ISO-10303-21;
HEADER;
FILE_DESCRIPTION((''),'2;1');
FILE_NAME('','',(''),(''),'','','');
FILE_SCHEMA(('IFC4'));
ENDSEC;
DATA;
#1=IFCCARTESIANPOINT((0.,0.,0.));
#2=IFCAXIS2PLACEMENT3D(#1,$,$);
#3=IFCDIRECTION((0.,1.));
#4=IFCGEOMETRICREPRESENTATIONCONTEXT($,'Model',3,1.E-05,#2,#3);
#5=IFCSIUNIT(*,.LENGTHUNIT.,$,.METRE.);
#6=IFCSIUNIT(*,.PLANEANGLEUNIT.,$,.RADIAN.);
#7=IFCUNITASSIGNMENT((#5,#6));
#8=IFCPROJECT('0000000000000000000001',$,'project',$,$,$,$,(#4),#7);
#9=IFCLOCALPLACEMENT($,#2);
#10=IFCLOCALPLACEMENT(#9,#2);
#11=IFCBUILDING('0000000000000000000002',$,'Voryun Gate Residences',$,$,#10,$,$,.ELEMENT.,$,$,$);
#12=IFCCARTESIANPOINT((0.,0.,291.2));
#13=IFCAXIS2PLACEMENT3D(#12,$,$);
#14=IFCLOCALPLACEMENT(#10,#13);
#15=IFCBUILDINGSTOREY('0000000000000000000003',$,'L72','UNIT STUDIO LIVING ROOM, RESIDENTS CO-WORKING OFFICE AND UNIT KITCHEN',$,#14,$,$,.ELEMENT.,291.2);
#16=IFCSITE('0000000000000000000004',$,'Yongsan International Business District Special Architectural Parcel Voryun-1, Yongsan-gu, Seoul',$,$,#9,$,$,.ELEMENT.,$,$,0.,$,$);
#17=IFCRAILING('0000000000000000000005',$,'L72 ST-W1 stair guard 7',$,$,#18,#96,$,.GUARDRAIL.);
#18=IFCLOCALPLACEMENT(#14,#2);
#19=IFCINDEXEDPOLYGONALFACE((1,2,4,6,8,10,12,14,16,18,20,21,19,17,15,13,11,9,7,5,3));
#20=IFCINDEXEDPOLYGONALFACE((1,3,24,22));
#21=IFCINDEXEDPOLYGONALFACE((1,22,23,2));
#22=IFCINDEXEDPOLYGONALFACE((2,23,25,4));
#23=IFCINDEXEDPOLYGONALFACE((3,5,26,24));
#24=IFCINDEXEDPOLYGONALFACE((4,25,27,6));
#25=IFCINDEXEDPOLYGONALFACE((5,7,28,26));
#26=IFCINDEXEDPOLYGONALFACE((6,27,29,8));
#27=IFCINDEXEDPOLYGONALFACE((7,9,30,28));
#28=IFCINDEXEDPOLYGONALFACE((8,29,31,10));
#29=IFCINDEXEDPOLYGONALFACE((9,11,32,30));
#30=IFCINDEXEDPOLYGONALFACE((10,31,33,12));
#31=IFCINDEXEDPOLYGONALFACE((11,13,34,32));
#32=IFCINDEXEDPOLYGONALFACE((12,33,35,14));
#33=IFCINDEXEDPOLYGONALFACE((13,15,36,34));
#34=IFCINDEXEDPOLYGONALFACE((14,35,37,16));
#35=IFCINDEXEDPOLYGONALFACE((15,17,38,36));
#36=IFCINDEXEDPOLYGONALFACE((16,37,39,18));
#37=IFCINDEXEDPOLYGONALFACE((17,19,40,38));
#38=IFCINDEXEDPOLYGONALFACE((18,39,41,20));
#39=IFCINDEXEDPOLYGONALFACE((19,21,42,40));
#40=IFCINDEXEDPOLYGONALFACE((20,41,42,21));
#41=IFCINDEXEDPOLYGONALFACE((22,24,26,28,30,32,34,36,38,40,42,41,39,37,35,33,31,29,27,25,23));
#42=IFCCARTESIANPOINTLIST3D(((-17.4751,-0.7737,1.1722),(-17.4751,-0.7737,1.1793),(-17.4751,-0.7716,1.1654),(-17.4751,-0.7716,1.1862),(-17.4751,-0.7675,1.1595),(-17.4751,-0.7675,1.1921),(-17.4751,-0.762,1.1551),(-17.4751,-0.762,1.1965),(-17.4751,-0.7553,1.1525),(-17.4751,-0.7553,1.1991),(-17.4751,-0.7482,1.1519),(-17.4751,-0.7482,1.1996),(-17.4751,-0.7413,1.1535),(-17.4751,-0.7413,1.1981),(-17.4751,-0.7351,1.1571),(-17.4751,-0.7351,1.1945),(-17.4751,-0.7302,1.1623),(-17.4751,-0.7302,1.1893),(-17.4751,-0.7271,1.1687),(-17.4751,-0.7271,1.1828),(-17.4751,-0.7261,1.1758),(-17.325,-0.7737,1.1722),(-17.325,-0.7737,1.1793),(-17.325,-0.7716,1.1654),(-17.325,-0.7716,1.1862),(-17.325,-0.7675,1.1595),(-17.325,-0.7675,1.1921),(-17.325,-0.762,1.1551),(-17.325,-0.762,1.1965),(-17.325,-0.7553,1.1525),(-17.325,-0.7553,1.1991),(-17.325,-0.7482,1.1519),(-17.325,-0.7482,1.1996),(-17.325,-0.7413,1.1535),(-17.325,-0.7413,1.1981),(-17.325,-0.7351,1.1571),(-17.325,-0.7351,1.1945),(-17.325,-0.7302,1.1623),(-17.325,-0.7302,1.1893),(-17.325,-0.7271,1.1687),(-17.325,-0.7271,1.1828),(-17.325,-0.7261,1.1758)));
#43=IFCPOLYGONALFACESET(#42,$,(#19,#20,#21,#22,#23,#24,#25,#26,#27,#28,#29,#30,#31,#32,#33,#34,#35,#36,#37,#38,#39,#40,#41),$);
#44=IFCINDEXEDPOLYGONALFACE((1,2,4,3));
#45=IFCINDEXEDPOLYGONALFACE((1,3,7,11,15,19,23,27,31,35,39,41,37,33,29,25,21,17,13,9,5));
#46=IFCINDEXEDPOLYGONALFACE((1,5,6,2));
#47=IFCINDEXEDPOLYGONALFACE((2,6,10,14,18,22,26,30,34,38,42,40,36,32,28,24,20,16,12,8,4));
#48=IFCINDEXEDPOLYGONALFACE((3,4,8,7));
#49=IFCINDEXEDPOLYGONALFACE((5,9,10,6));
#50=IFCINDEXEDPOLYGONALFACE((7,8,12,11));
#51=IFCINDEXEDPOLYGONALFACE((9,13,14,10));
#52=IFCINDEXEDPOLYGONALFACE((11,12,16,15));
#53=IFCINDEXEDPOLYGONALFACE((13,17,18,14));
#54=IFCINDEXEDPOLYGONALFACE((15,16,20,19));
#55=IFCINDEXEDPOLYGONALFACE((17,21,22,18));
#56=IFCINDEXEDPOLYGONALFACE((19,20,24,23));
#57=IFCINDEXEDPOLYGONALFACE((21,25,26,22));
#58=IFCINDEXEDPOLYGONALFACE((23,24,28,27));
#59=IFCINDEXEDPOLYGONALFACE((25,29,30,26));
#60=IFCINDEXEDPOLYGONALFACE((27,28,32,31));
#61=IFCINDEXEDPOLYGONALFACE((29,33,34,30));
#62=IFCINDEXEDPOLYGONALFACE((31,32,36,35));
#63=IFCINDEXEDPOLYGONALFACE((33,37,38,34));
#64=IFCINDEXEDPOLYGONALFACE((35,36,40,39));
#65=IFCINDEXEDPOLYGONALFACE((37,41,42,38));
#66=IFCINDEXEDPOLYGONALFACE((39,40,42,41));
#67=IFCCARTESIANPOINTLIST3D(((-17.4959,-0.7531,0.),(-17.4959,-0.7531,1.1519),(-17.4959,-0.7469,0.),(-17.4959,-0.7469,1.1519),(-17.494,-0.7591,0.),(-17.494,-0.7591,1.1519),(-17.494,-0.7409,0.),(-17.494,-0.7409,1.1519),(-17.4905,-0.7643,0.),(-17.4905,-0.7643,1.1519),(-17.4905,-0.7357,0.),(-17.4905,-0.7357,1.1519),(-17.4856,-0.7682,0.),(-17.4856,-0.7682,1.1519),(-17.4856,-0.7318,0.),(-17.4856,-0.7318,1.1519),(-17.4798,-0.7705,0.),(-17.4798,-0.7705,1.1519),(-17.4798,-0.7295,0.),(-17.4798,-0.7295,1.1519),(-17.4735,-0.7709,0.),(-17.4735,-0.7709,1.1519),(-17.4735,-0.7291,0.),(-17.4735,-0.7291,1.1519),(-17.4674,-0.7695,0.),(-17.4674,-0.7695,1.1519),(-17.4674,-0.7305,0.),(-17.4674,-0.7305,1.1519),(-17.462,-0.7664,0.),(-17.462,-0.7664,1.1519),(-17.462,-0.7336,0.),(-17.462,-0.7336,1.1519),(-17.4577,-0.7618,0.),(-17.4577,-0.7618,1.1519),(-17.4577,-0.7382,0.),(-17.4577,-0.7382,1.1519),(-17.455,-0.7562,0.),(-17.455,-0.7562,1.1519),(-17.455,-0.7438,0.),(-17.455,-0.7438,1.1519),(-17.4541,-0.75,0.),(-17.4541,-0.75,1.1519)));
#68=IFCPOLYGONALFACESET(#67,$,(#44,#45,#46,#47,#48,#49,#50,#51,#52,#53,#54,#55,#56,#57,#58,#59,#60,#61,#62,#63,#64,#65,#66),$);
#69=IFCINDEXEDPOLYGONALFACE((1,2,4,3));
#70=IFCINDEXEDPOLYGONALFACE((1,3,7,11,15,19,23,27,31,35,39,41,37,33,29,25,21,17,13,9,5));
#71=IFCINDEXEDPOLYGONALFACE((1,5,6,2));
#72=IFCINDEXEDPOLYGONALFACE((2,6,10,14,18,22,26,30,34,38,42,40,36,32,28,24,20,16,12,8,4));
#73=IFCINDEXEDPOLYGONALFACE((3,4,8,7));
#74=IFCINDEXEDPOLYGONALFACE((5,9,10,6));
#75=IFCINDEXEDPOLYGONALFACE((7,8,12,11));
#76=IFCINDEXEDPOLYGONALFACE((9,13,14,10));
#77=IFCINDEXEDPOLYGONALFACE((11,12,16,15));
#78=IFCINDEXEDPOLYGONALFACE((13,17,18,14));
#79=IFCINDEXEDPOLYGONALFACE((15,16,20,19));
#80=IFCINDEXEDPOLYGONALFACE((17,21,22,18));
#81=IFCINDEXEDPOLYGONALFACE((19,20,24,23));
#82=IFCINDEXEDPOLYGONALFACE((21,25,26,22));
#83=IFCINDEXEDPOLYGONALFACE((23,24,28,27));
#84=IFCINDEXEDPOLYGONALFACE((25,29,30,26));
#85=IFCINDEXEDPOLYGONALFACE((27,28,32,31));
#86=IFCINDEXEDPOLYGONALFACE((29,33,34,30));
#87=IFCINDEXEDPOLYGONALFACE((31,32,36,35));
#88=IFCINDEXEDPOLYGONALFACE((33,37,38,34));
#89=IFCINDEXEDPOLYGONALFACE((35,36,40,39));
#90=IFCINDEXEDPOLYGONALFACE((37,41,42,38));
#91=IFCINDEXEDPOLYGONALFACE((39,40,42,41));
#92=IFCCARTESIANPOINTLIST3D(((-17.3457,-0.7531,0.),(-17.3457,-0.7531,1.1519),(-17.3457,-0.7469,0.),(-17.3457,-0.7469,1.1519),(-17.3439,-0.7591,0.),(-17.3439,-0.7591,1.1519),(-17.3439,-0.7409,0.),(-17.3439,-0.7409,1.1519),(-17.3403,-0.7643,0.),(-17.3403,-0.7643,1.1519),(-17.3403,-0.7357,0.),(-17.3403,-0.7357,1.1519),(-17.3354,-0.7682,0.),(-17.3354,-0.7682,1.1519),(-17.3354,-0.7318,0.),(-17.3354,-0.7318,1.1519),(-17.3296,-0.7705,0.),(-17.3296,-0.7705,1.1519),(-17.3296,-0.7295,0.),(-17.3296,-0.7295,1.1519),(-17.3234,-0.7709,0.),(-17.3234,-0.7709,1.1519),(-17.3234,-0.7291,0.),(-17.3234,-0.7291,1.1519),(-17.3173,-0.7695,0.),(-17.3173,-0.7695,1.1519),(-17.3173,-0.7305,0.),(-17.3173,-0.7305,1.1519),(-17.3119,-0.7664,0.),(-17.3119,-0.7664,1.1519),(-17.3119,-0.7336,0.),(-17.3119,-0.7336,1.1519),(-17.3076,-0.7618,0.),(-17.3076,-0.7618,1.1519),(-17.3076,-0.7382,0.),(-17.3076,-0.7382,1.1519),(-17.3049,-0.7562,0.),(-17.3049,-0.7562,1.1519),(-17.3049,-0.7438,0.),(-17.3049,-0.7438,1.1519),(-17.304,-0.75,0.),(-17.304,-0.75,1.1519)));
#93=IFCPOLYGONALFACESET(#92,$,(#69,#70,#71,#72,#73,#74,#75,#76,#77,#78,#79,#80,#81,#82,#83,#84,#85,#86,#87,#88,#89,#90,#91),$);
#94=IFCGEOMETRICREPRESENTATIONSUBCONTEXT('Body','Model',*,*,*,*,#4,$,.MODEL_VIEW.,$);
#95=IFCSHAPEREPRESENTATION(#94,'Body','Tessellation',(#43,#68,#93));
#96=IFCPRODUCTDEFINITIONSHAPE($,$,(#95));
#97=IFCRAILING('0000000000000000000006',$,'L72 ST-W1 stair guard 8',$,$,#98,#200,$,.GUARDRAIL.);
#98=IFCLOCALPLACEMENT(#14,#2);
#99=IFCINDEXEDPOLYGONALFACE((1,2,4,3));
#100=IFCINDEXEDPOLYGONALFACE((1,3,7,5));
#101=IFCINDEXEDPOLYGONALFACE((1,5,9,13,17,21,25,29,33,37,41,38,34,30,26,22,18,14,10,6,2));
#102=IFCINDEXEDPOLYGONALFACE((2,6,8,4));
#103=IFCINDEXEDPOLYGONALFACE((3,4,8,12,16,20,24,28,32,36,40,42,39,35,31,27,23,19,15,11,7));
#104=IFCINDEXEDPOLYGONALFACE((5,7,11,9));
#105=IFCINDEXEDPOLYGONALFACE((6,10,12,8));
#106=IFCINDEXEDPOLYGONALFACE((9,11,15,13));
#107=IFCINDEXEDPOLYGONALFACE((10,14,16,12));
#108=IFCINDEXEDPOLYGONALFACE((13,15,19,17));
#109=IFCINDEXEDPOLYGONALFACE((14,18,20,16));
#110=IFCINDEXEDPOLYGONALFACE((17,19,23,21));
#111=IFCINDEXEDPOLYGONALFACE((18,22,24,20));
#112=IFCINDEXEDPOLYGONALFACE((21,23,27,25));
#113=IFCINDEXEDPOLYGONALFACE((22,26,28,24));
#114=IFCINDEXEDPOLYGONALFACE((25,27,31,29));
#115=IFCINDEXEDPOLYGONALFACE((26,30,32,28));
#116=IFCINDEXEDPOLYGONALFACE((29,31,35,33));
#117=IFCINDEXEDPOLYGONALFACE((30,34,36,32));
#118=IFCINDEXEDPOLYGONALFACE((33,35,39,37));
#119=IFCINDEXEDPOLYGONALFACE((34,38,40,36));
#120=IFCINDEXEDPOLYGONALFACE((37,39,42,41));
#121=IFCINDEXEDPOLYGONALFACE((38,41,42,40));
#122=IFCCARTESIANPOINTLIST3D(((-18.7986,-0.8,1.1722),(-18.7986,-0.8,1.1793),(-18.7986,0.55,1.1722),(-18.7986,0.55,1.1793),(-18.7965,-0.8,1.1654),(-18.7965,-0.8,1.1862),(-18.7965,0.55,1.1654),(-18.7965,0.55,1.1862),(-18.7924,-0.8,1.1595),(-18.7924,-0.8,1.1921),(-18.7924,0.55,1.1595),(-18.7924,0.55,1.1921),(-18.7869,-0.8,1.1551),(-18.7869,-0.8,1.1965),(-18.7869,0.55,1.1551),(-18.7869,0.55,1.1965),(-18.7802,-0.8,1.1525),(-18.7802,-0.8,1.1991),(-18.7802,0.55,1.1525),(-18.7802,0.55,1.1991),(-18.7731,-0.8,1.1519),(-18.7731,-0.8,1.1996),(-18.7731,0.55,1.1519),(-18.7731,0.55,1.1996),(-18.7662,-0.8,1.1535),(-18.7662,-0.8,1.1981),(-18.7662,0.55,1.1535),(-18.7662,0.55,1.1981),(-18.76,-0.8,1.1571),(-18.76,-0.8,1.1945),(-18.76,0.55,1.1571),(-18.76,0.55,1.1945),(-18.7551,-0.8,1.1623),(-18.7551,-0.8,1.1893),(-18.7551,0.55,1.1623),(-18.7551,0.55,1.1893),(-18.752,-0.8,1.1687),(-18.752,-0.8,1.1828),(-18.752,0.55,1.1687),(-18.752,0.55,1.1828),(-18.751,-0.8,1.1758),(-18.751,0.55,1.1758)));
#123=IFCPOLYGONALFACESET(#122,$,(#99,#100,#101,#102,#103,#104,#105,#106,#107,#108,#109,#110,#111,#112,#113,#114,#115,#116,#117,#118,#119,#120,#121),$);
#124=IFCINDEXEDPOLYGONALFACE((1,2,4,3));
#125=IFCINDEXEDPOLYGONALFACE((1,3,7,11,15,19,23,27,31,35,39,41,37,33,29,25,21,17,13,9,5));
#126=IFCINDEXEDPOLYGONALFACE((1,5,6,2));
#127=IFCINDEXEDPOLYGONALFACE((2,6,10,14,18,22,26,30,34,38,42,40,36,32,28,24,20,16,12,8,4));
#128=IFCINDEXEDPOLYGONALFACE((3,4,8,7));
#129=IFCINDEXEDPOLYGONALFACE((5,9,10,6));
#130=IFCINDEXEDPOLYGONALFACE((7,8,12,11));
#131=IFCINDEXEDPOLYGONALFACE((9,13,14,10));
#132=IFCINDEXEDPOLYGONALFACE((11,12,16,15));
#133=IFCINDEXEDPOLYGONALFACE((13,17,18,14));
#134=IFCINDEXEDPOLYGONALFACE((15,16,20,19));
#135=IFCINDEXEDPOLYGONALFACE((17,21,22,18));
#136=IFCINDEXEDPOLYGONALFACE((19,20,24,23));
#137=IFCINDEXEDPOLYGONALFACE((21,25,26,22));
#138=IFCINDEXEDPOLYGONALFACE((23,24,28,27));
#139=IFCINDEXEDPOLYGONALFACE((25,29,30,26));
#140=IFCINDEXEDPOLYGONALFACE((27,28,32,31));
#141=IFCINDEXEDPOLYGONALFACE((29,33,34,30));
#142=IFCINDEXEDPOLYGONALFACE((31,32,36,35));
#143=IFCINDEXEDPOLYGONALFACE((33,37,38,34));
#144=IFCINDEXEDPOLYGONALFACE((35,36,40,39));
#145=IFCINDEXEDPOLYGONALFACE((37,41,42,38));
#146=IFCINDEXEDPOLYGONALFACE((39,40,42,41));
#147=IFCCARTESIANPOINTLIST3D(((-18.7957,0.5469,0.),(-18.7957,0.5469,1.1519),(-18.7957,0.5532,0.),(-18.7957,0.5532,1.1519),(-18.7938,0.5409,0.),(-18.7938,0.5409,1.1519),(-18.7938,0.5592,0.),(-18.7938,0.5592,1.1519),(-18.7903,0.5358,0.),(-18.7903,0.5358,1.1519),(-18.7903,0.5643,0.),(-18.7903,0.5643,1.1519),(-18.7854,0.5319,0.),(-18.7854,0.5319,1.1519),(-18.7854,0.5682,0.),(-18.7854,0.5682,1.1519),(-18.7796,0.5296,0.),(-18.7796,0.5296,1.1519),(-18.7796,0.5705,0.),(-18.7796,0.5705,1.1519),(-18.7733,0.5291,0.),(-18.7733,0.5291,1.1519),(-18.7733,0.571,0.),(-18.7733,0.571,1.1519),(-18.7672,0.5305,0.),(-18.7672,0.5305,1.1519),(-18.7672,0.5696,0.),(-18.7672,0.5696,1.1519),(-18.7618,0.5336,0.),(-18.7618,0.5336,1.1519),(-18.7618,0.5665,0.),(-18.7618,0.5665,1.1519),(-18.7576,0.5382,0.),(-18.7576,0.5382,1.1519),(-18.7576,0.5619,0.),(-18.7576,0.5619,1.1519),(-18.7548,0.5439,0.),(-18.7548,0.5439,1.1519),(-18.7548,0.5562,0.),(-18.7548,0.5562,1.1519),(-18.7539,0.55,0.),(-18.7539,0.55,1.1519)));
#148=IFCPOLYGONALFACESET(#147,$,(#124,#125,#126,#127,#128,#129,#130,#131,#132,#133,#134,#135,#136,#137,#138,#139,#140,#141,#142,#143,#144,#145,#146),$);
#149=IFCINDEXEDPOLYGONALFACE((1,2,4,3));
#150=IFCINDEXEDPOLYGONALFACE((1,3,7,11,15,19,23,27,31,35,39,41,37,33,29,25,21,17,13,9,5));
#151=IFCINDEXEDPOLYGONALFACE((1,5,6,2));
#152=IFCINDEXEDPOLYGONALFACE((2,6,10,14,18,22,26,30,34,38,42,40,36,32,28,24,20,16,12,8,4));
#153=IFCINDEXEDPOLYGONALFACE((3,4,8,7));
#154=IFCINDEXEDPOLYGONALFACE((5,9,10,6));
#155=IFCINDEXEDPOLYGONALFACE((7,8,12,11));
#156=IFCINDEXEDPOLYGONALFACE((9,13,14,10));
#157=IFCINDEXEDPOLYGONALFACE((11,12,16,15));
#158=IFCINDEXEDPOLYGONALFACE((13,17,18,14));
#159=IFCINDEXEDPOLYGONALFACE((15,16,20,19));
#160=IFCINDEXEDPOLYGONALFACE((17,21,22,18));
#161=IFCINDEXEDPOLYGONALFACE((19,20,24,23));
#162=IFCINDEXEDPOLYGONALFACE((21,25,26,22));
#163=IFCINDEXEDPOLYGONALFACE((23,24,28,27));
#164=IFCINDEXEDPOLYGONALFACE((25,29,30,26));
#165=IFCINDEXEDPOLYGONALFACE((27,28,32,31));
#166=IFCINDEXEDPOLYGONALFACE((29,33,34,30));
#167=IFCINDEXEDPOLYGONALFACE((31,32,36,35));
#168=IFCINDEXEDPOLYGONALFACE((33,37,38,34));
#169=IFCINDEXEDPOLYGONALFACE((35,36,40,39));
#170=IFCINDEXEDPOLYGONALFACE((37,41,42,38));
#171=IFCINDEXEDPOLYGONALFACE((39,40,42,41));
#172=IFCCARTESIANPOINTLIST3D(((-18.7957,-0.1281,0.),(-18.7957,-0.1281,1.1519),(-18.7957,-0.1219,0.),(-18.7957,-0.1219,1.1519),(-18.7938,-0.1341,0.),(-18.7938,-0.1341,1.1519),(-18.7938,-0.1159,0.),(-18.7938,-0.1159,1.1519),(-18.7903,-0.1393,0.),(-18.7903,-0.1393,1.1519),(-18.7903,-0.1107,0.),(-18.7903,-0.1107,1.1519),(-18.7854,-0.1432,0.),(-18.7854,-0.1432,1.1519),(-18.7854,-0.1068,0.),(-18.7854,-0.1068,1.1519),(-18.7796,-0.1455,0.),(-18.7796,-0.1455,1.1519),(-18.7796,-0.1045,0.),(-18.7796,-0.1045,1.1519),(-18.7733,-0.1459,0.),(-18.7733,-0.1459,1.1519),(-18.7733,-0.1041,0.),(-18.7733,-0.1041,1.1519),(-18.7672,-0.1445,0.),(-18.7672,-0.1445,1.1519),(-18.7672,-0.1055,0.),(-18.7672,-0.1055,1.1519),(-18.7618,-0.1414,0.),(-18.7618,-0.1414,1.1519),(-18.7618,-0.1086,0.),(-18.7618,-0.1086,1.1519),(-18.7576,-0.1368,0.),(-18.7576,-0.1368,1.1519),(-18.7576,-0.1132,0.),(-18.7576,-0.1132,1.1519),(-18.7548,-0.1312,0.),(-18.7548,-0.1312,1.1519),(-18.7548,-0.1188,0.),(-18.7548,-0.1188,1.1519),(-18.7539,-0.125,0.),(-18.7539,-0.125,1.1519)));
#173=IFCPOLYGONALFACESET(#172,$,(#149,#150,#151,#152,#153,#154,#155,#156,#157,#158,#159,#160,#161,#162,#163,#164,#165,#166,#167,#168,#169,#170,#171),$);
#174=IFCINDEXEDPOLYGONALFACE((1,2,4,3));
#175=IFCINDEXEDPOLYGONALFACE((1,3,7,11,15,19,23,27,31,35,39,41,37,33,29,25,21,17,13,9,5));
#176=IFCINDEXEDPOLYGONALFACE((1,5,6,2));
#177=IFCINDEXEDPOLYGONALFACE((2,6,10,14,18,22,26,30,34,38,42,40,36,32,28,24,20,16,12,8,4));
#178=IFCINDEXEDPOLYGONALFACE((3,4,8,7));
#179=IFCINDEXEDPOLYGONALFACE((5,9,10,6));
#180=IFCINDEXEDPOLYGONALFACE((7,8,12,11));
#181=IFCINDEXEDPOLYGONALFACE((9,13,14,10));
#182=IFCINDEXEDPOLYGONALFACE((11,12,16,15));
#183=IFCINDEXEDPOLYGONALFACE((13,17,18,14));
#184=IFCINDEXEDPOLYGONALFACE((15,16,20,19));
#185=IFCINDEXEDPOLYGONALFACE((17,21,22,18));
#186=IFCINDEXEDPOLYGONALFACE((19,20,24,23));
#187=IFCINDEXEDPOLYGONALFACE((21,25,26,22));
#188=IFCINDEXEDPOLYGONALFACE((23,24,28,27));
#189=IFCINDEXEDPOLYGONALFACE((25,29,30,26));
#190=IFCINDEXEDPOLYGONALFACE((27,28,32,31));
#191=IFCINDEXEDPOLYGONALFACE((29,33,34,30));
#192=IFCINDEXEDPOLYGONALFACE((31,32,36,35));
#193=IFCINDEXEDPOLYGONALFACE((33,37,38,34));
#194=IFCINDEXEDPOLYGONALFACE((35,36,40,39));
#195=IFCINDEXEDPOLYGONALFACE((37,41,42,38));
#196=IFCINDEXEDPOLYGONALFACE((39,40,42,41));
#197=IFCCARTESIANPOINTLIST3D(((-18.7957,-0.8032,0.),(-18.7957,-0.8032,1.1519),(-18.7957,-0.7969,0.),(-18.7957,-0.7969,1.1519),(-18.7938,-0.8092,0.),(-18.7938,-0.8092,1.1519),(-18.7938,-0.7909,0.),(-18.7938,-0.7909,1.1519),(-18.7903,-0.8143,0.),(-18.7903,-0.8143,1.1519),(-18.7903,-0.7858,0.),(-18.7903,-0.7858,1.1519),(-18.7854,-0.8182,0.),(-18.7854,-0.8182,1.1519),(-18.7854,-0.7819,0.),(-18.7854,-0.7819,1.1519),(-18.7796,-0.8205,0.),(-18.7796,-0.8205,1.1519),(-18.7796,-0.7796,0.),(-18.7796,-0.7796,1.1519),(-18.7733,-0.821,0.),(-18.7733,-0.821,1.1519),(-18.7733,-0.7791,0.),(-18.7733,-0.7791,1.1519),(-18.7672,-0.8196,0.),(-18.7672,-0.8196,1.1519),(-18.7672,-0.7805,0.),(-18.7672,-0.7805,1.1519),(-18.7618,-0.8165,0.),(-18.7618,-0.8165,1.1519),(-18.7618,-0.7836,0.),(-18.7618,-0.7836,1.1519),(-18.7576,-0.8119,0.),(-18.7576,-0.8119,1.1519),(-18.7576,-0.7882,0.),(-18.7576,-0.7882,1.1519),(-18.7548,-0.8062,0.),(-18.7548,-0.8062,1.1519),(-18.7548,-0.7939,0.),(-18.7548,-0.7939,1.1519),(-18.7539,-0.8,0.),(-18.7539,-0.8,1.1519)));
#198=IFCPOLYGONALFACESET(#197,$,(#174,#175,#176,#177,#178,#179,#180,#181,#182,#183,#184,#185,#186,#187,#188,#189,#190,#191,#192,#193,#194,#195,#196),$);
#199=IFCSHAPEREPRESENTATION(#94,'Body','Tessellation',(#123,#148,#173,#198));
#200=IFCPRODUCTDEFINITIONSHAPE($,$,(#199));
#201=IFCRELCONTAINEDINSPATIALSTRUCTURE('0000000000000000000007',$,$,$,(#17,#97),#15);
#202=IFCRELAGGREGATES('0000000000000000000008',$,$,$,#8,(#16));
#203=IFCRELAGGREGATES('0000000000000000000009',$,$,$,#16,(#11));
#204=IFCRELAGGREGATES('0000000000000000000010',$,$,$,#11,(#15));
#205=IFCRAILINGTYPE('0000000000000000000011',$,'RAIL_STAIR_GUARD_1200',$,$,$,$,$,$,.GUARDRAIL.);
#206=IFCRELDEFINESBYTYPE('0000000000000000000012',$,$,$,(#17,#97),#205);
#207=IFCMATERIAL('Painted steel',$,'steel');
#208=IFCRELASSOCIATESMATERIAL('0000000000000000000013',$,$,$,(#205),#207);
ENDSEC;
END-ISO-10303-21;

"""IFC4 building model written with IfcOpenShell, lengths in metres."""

from ifc_helpers import new_model, si_unit, direction, frame, origin, origin_2d, place, context, subcontext, project, spatial, circle, extrude, material, type_object, element, save


model = new_model("IFC4")

# Units and contexts
model_context = context("Model", 3, precision=1e-05, world=origin(), true_north=direction((0.0, 1.0)))
body_context = subcontext(model_context, "Body", "Model", "MODEL_VIEW")
ifc_project = project(units=[si_unit("LENGTHUNIT", "METRE"), si_unit("PLANEANGLEUNIT", "RADIAN")], contexts=[model_context])

# Site, building, storey
site_placement = place(None, origin())
site = spatial("IfcSite", under=ifc_project, at=site_placement, Name="Yongsan International Business District Special Architectural Parcel Voryun-1, Yongsan-gu, Seoul", CompositionType="ELEMENT", RefElevation=0.0)
building_placement = place(site_placement, origin())
building = spatial("IfcBuilding", under=site, at=building_placement, Name="Voryun Gate Residences", CompositionType="ELEMENT")
storey_placement = place(building_placement, frame((0.0, 0.0, 291.2)))
storey = spatial("IfcBuildingStorey", under=building, at=storey_placement, Name="L72", Description="UNIT STUDIO LIVING ROOM, RESIDENTS CO-WORKING OFFICE AND UNIT KITCHEN", CompositionType="ELEMENT", Elevation=291.2)

# Railings
ifc_material_1 = material(Name="Painted steel", Category="steel")
railing_type = type_object("IfcRailingType", Name="RAIL_STAIR_GUARD_1200", PredefinedType="GUARDRAIL", material=ifc_material_1)
railing_1_placement = place(storey_placement, frame((-17.4751, -0.75, 0.0)))
element("IfcRailing", 1, at=railing_1_placement, inside=storey, type_object=railing_type, Name="L72 ST-W1 stair guard 7", PredefinedType="GUARDRAIL", context=body_context, shape_type="SweptSolid", body=[
    extrude(circle(Radius=0.0239, at=origin_2d()), frame((0.0, 0.0, 1.1758), z_axis=(1.0, 0.0, 0.0), x_axis=(0.0, 1.0, 0.0)), (0.0, 0.0, 1.0), 0.1501),
    extrude(circle(Radius=0.021, at=origin_2d()), origin(), (0.0, 0.0, 1.0), 1.1519),
    extrude(circle(Radius=0.021, at=origin_2d()), frame((0.1501, 0.0, 0.0)), (0.0, 0.0, 1.0), 1.1519),
])
for number, where, name in (
    (2, (-18.7749, 0.55, 0.0), "L72 ST-W1 stair guard 8"),
):
    element("IfcRailing", number, at=place(storey_placement, frame(where)), inside=storey, type_object=railing_type, Name=name, PredefinedType="GUARDRAIL", context=body_context, shape_type="SweptSolid", body=[
        extrude(circle(Radius=0.0239, at=origin_2d()), frame((0.0, 0.0, 1.1758), z_axis=(0.0, -1.0, 0.0), x_axis=(1.0, 0.0, 0.0)), (0.0, 0.0, 1.0), 1.3501),
        extrude(circle(Radius=0.021, at=origin_2d()), origin(), (0.0, 0.0, 1.0), 1.1519),
        extrude(circle(Radius=0.021, at=origin_2d()), frame((0.0, -0.675, 0.0)), (0.0, 0.0, 1.0), 1.1519),
        extrude(circle(Radius=0.021, at=origin_2d()), frame((0.0, -1.3501, 0.0)), (0.0, 0.0, 1.0), 1.1519),
    ])

save(model, "model.ifc")
